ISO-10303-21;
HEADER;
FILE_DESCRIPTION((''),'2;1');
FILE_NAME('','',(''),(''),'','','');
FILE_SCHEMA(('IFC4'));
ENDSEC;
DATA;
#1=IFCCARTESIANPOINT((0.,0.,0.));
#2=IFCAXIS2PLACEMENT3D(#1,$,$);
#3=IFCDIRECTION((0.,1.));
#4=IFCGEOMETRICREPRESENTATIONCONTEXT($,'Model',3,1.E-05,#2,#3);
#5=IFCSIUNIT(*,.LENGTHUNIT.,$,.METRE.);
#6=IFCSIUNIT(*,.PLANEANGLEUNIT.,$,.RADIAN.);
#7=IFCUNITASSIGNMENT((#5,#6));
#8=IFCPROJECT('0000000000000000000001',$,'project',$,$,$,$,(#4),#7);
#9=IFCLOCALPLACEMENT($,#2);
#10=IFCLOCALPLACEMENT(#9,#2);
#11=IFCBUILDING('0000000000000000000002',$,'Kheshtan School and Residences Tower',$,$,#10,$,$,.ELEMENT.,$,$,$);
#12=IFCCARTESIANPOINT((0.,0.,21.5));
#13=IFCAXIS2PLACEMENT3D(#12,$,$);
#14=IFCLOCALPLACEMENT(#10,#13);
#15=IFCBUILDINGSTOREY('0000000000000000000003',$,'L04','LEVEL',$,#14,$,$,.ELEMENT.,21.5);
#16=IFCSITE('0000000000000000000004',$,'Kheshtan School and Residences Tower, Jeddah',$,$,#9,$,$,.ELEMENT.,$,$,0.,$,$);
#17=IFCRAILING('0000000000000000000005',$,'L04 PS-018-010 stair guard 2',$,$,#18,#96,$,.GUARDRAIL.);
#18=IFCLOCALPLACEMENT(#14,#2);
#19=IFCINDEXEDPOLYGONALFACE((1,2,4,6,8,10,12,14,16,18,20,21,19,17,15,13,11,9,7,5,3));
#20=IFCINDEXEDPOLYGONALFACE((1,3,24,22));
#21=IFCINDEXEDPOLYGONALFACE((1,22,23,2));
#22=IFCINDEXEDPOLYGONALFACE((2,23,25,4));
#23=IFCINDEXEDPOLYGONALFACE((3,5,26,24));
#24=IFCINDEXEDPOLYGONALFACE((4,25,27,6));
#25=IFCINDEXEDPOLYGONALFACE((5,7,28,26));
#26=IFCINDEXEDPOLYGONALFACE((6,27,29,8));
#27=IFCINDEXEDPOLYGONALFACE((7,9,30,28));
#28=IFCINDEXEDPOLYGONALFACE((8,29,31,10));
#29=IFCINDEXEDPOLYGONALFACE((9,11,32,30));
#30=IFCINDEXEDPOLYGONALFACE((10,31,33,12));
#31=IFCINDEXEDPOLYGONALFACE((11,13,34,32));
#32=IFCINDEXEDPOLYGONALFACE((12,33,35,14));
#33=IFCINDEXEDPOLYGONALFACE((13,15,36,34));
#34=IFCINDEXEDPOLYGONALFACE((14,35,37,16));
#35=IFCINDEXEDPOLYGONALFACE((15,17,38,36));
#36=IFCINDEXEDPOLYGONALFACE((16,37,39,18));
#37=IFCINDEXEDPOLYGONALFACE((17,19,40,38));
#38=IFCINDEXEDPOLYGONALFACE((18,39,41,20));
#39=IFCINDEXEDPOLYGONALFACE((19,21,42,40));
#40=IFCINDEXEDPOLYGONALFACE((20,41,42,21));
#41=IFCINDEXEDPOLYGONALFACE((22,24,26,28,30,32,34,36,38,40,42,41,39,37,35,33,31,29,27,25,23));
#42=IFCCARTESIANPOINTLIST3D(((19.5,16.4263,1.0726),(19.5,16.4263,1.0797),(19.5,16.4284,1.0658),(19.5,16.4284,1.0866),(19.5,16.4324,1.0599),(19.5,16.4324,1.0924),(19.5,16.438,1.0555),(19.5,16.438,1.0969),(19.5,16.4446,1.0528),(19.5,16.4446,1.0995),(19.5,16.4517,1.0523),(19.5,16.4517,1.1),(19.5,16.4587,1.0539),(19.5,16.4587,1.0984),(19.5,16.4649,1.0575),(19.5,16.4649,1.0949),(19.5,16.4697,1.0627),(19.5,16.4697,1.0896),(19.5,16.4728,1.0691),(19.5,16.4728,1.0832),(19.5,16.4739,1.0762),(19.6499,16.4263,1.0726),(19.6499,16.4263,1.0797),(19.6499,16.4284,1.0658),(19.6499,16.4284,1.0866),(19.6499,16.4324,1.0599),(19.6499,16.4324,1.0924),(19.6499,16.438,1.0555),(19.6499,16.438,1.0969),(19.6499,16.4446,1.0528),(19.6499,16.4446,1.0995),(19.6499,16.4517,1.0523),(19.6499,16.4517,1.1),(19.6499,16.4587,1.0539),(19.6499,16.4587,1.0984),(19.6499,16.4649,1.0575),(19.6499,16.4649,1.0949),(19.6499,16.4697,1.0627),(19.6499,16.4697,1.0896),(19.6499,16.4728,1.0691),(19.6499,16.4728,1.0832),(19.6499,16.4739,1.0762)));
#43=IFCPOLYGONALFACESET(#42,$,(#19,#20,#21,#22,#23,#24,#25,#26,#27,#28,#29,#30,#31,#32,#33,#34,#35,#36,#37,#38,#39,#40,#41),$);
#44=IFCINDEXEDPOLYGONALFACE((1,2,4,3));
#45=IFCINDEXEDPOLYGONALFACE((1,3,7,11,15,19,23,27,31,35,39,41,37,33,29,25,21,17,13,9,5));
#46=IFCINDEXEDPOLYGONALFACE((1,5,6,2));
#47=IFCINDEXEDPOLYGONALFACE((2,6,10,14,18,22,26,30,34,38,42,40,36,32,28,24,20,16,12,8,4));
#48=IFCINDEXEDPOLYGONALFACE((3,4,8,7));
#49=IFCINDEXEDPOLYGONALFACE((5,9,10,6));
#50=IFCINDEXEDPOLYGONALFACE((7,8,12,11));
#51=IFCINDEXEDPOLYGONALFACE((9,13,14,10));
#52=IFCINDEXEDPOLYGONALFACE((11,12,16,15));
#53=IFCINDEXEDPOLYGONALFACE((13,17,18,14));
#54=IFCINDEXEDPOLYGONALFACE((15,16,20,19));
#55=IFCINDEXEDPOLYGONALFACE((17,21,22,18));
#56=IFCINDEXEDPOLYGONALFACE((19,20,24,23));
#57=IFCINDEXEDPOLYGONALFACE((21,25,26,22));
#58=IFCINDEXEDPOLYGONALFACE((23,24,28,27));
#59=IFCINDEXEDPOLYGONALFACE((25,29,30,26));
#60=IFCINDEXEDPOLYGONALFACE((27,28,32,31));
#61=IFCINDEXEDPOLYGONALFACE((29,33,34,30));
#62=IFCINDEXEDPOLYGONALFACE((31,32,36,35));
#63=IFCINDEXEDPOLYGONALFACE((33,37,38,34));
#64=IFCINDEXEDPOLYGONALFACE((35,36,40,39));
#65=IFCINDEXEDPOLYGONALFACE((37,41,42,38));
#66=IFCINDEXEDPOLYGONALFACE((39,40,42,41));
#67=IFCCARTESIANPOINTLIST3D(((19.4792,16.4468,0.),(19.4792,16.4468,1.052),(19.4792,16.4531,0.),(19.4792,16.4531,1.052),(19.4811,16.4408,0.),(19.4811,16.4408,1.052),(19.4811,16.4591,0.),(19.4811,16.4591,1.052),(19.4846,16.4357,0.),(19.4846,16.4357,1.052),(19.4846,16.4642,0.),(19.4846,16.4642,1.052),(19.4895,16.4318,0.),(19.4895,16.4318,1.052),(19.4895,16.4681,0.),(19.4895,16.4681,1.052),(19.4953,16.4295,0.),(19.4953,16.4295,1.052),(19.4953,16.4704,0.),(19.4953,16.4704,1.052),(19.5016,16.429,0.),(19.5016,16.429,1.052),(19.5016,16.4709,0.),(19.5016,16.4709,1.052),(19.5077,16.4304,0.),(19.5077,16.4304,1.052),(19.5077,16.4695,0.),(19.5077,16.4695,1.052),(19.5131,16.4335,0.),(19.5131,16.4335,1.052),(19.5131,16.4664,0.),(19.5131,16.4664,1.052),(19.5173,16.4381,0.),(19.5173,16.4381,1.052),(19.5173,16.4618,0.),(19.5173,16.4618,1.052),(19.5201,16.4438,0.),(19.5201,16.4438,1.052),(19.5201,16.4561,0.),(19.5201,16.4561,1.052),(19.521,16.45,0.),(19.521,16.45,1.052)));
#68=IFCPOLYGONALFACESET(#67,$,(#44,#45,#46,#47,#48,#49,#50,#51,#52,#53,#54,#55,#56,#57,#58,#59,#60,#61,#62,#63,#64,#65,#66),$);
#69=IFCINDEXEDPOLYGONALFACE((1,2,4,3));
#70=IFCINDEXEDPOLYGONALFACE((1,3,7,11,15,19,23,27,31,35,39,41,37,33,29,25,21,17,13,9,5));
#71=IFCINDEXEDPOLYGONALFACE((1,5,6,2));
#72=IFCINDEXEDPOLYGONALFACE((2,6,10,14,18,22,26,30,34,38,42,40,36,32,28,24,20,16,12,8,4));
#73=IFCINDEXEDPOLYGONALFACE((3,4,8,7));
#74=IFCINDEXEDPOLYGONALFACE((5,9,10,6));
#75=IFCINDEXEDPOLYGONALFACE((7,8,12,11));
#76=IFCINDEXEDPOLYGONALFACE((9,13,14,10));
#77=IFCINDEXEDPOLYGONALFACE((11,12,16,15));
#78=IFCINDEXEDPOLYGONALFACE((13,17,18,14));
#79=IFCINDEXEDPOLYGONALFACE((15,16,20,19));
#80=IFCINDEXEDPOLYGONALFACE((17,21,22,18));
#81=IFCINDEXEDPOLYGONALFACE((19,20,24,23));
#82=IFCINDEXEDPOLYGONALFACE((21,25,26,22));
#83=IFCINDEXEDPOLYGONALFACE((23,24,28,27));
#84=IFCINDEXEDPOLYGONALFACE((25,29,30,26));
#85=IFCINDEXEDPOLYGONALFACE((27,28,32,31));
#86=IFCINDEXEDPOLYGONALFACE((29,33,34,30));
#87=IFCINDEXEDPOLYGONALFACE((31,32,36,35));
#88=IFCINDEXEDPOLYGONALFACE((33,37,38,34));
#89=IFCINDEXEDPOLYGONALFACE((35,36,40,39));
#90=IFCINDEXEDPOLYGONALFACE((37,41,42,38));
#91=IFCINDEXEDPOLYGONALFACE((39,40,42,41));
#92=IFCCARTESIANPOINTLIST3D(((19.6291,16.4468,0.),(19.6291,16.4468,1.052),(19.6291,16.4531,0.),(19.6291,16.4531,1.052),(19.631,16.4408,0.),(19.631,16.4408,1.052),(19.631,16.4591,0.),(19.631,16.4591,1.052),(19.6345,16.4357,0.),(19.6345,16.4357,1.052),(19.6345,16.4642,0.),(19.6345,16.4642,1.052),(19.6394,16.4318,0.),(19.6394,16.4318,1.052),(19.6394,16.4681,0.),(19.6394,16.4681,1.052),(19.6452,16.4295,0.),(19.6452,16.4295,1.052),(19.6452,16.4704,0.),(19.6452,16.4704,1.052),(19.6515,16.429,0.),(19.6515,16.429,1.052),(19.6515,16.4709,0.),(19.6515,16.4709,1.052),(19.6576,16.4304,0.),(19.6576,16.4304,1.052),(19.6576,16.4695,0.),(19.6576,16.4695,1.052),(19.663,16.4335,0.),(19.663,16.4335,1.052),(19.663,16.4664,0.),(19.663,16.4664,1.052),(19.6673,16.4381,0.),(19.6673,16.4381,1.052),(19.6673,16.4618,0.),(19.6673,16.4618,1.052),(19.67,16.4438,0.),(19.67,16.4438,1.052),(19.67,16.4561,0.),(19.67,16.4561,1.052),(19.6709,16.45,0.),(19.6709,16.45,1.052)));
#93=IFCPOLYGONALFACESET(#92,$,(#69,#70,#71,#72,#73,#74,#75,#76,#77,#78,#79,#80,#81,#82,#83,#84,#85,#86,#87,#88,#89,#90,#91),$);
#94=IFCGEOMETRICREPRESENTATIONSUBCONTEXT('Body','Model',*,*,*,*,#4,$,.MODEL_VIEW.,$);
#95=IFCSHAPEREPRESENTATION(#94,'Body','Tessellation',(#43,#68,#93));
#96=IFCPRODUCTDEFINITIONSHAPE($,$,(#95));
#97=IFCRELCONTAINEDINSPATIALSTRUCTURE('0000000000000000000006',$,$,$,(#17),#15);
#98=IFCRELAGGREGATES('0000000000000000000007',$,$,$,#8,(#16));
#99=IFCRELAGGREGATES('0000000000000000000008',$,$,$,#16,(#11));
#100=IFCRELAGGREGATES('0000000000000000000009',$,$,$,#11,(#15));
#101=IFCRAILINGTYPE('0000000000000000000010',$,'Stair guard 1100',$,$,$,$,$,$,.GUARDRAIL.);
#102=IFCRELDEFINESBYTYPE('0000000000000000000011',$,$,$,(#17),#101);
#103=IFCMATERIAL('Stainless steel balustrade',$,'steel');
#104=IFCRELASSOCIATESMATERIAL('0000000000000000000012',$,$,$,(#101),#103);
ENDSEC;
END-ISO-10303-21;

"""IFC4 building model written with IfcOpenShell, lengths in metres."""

from ifc_helpers import new_model, si_unit, direction, frame, origin, origin_2d, place, context, subcontext, project, spatial, circle, extrude, material, type_object, element, save


model = new_model("IFC4")

# Units and contexts
model_context = context("Model", 3, precision=1e-05, world=origin(), true_north=direction((0.0, 1.0)))
body_context = subcontext(model_context, "Body", "Model", "MODEL_VIEW")
ifc_project = project(units=[si_unit("LENGTHUNIT", "METRE"), si_unit("PLANEANGLEUNIT", "RADIAN")], contexts=[model_context])

# Site, building, storey
site_placement = place(None, origin())
site = spatial("IfcSite", under=ifc_project, at=site_placement, Name="Kheshtan School and Residences Tower, Jeddah", CompositionType="ELEMENT", RefElevation=0.0)
building_placement = place(site_placement, origin())
building = spatial("IfcBuilding", under=site, at=building_placement, Name="Kheshtan School and Residences Tower", CompositionType="ELEMENT")
storey_placement = place(building_placement, frame((0.0, 0.0, 21.5)))
storey = spatial("IfcBuildingStorey", under=building, at=storey_placement, Name="L04", Description="LEVEL", CompositionType="ELEMENT", Elevation=21.5)

# Railing
ifc_material_1 = material(Name="Stainless steel balustrade", Category="steel")
railing_type_1 = type_object("IfcRailingType", Name="Stair guard 1100", PredefinedType="GUARDRAIL", material=ifc_material_1)
railing_1_placement = place(storey_placement, frame((19.5, 16.45, 0.0)))
element("IfcRailing", 1, at=railing_1_placement, inside=storey, type_object=railing_type_1, Name="L04 PS-018-010 stair guard 2", PredefinedType="GUARDRAIL", context=body_context, shape_type="SweptSolid", body=[
    extrude(circle(Radius=0.0239, at=origin_2d()), frame((0.0, 0.0, 1.0762), z_axis=(1.0, 0.0, 0.0), x_axis=(0.0, 1.0, 0.0)), (0.0, 0.0, 1.0), 0.1499),
    extrude(circle(Radius=0.021, at=origin_2d()), origin(), (0.0, 0.0, 1.0), 1.052),
    extrude(circle(Radius=0.021, at=origin_2d()), frame((0.1499, 0.0, 0.0)), (0.0, 0.0, 1.0), 1.052),
])

save(model, "model.ifc")
